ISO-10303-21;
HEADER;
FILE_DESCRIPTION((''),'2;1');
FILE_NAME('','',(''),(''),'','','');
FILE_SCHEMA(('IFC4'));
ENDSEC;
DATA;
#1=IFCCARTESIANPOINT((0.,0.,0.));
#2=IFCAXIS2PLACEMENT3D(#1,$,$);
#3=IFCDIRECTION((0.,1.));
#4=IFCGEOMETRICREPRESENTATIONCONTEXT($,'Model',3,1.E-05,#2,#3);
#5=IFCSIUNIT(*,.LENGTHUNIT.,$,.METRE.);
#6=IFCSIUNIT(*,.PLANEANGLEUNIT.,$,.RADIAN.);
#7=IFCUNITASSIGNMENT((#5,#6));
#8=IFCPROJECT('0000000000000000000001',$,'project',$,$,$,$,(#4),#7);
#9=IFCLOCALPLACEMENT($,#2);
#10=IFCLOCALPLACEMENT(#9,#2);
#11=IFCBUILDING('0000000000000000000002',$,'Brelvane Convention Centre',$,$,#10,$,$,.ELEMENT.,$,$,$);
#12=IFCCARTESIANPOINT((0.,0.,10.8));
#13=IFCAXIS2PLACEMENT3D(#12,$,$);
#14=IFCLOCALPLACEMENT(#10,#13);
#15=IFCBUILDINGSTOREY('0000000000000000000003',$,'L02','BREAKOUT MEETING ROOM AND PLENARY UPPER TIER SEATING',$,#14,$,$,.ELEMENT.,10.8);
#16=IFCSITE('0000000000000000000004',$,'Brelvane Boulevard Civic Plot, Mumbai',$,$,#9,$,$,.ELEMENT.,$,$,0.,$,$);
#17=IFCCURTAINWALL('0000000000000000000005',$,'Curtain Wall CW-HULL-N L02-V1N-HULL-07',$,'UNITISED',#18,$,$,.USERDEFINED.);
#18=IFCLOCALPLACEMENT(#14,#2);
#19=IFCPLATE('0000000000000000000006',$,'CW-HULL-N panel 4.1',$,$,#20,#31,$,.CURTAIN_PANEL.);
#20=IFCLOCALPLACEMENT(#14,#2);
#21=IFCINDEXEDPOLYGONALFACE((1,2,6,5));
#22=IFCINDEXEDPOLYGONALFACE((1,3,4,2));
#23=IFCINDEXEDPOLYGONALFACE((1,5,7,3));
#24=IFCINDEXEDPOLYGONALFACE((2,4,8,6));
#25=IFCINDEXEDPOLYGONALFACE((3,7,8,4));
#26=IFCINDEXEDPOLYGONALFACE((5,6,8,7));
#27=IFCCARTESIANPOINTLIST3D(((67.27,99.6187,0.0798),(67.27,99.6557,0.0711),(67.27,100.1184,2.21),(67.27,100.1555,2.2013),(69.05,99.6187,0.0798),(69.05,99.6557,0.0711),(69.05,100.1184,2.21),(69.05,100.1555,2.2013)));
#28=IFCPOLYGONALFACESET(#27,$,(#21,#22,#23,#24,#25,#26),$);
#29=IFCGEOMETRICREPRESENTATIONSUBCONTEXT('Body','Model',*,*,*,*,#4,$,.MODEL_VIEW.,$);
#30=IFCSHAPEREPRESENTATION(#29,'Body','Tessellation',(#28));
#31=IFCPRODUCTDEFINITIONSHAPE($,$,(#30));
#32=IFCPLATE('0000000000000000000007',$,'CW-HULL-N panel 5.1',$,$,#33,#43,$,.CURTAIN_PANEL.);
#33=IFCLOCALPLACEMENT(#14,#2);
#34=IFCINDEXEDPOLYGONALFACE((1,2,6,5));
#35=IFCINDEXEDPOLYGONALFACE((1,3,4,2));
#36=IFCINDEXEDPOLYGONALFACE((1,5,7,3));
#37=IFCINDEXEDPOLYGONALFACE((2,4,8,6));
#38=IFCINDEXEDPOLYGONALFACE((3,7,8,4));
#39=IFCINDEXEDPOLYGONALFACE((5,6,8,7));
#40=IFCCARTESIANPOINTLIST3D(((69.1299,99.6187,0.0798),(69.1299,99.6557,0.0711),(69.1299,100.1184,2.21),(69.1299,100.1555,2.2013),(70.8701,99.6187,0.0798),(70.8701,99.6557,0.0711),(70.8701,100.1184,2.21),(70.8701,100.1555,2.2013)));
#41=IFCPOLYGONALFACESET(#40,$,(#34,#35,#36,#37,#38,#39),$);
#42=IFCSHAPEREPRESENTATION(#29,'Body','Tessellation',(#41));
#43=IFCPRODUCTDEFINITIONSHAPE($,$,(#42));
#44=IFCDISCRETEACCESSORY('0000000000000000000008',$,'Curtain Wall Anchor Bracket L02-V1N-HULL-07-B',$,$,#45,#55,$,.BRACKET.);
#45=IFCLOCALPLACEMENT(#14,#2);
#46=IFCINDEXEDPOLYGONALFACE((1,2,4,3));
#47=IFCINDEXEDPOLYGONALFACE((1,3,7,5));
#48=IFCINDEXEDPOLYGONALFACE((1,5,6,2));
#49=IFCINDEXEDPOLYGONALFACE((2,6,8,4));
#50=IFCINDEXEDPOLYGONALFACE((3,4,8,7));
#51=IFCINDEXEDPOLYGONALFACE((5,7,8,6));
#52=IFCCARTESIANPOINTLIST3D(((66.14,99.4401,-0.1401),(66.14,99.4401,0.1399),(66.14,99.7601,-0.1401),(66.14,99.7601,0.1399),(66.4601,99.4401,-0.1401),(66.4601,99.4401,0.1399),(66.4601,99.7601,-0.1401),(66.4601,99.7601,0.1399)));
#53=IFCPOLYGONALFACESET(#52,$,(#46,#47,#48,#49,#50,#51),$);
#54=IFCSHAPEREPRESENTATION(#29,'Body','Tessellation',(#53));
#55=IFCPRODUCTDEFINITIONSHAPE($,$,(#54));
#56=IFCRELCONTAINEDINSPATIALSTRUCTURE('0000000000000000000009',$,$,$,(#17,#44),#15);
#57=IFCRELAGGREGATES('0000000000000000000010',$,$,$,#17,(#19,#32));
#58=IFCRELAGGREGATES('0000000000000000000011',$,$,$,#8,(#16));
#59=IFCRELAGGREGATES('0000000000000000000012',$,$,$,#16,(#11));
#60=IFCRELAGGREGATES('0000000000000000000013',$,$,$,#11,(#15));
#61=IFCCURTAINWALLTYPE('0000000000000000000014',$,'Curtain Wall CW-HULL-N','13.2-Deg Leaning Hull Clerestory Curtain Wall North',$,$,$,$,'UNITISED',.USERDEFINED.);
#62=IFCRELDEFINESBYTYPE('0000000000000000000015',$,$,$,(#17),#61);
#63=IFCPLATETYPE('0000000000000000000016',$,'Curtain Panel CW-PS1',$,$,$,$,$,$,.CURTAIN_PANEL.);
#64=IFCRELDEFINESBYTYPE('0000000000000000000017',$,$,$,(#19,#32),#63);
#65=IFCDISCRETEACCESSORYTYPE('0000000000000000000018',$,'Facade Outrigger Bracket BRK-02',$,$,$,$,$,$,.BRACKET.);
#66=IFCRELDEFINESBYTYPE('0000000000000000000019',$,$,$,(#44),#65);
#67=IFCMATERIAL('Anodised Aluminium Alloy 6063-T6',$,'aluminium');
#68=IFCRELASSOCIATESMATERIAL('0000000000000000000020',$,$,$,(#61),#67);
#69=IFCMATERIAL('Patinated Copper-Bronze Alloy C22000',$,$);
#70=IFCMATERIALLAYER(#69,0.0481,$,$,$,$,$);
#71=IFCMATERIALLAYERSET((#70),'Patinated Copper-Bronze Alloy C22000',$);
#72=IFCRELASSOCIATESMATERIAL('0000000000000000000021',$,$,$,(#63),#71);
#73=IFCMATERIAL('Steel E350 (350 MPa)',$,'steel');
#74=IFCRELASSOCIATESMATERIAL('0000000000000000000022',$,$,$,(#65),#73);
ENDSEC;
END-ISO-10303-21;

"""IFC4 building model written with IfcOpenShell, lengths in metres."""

from ifc_helpers import new_model, si_unit, direction, frame, origin, origin_2d, place, context, subcontext, project, spatial, polyline, rectangle, outline, extrude, material, layer, layer_set, type_object, element, aggregate, save


model = new_model("IFC4")

# Units and contexts
model_context = context("Model", 3, precision=1e-05, world=origin(), true_north=direction((0.0, 1.0)))
body_context = subcontext(model_context, "Body", "Model", "MODEL_VIEW")
ifc_project = project(units=[si_unit("LENGTHUNIT", "METRE"), si_unit("PLANEANGLEUNIT", "RADIAN")], contexts=[model_context])

# Site, building, storey
site_placement = place(None, origin())
site = spatial("IfcSite", under=ifc_project, at=site_placement, Name="Brelvane Boulevard Civic Plot, Mumbai", CompositionType="ELEMENT", RefElevation=0.0)
building_placement = place(site_placement, origin())
building = spatial("IfcBuilding", under=site, at=building_placement, Name="Brelvane Convention Centre", CompositionType="ELEMENT")
storey_placement = place(building_placement, frame((0.0, 0.0, 10.8)))
storey = spatial("IfcBuildingStorey", under=building, at=storey_placement, Name="L02", Description="BREAKOUT MEETING ROOM AND PLENARY UPPER TIER SEATING", CompositionType="ELEMENT", Elevation=10.8)

# Curtain wall
ifc_material_1 = material(Name="Anodised Aluminium Alloy 6063-T6", Category="aluminium")
curtain_wall_type_1 = type_object("IfcCurtainWallType", Name="Curtain Wall CW-HULL-N", Description="13.2-Deg Leaning Hull Clerestory Curtain Wall North", ElementType="UNITISED", PredefinedType="USERDEFINED", material=ifc_material_1)
curtain_wall_1_placement = place(storey_placement, origin())
curtain_wall_1 = element("IfcCurtainWall", 1, at=curtain_wall_1_placement, inside=storey, type_object=curtain_wall_type_1, Name="Curtain Wall CW-HULL-N L02-V1N-HULL-07", ObjectType="UNITISED", PredefinedType="USERDEFINED")

# Plates
ifc_material_2 = material(Name="Patinated Copper-Bronze Alloy C22000")
ifc_layer_1 = layer(ifc_material_2, 0.0481)
ifc_layer_set_1 = layer_set([ifc_layer_1], Name="Patinated Copper-Bronze Alloy C22000")
plate_type_1 = type_object("IfcPlateType", Name="Curtain Panel CW-PS1", PredefinedType="CURTAIN_PANEL", material=ifc_layer_set_1)
plate_1_placement = place(storey_placement, frame((67.27, 99.6187, 0.0798), z_axis=(0.0, -0.973565, 0.228411), x_axis=(1.0, 0.0, 0.0)))
plate_1 = element("IfcPlate", 2, at=plate_1_placement, type_object=plate_type_1, Name="CW-HULL-N panel 4.1", PredefinedType="CURTAIN_PANEL", context=body_context, shape_type="SweptSolid", body=[
    extrude(outline(polyline([(0.0, 0.0), (1.78, 0.0), (1.78, 2.188), (0.0, 2.188), (0.0, 0.0)])), origin(), (0.0, 0.0, -1.0), 0.0381),
])
plate_2_placement = place(storey_placement, frame((69.1299, 99.6187, 0.0798), z_axis=(0.0, -0.973565, 0.228411), x_axis=(1.0, 0.0, 0.0)))
plate_2 = element("IfcPlate", 3, at=plate_2_placement, type_object=plate_type_1, Name="CW-HULL-N panel 5.1", PredefinedType="CURTAIN_PANEL", context=body_context, shape_type="SweptSolid", body=[
    extrude(outline(polyline([(0.0, 0.0), (1.7402, 0.0), (1.7402, 2.188), (0.0, 2.188), (0.0, 0.0)])), origin(), (0.0, 0.0, -1.0), 0.0381),
])
aggregate(curtain_wall_1, [plate_1, plate_2])

# Discrete accessory
ifc_material_3 = material(Name="Steel E350 (350 MPa)", Category="steel")
discrete_accessory_type = type_object("IfcDiscreteAccessoryType", Name="Facade Outrigger Bracket BRK-02", PredefinedType="BRACKET", material=ifc_material_3)
discrete_accessory_placement = place(storey_placement, frame((66.3, 99.6001, -0.1401), z_axis=(0.0, 0.0, 1.0), x_axis=(1.0, 0.0, 0.0)))
element("IfcDiscreteAccessory", 4, at=discrete_accessory_placement, inside=storey, type_object=discrete_accessory_type, Name="Curtain Wall Anchor Bracket L02-V1N-HULL-07-B", PredefinedType="BRACKET", context=body_context, shape_type="SweptSolid", body=[
    extrude(rectangle(XDim=0.3201, YDim=0.3201, at=origin_2d()), origin(), (0.0, 0.0, 1.0), 0.28),
])

save(model, "model.ifc")
